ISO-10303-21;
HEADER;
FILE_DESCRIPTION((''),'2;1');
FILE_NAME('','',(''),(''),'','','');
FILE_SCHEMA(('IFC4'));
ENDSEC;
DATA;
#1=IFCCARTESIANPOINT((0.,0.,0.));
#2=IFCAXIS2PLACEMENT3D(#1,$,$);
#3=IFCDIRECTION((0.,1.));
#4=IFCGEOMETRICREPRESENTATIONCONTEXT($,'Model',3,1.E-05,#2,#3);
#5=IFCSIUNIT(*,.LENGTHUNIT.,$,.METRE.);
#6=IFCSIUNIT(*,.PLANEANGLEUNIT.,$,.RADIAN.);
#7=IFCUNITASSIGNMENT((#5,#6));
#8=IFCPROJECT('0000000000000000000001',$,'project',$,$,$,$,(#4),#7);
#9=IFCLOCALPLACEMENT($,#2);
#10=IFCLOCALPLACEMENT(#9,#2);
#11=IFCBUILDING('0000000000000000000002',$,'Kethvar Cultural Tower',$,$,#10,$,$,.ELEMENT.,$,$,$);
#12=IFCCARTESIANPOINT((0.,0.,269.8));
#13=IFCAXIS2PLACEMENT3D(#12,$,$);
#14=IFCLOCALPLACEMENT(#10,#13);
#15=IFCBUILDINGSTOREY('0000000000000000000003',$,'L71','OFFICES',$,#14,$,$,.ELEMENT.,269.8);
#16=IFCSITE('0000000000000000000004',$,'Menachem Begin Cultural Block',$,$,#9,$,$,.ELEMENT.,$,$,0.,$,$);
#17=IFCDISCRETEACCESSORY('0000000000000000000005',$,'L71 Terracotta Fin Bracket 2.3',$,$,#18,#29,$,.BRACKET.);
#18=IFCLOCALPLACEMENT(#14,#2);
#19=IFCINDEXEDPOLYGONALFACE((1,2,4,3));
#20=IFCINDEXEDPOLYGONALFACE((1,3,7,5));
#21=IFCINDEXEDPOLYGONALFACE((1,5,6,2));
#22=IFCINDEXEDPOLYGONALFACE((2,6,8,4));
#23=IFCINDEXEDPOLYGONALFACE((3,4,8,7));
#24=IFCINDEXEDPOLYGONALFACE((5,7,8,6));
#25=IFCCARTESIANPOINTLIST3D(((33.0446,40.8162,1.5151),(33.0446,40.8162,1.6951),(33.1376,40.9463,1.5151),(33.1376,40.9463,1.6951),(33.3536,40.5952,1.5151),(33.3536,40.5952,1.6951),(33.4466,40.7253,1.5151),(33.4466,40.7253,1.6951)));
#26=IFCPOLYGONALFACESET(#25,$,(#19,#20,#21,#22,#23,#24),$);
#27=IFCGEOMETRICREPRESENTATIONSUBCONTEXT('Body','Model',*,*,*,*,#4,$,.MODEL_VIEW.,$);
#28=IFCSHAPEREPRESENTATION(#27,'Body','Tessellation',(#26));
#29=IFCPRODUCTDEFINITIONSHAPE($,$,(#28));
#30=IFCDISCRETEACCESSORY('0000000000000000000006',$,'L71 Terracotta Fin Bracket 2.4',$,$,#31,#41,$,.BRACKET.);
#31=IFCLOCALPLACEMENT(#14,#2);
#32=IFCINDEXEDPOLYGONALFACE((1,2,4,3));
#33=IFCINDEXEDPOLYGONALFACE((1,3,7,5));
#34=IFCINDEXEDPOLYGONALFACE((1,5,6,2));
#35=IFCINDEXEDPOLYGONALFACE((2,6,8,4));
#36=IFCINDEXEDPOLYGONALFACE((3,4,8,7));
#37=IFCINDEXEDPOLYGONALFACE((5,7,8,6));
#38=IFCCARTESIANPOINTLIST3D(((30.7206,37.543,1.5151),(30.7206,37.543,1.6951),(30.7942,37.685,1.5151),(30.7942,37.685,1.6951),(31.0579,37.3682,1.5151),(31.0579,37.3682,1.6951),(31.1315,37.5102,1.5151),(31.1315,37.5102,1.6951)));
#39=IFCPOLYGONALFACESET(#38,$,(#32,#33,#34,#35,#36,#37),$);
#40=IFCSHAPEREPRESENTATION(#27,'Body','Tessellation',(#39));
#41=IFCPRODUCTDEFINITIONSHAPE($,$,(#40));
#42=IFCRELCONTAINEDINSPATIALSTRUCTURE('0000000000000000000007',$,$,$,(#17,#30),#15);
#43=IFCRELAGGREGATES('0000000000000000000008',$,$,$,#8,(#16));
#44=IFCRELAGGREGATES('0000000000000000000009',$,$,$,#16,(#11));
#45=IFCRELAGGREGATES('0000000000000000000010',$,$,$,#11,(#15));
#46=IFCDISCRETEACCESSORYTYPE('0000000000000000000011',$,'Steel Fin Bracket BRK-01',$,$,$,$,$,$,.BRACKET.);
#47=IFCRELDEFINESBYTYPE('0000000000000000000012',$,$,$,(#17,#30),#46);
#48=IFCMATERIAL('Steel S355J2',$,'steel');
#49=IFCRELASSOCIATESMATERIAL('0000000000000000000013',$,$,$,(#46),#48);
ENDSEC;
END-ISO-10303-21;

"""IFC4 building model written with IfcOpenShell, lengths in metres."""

from ifc_helpers import new_model, si_unit, direction, frame, origin, origin_2d, place, context, subcontext, project, spatial, rectangle, extrude, source, transform, mapped, material, type_object, element, save


model = new_model("IFC4")

# Units and contexts
model_context = context("Model", 3, precision=1e-05, world=origin(), true_north=direction((0.0, 1.0)))
body_context = subcontext(model_context, "Body", "Model", "MODEL_VIEW")
ifc_project = project(units=[si_unit("LENGTHUNIT", "METRE"), si_unit("PLANEANGLEUNIT", "RADIAN")], contexts=[model_context])

# Site, building, storey
site_placement = place(None, origin())
site = spatial("IfcSite", under=ifc_project, at=site_placement, Name="Menachem Begin Cultural Block", CompositionType="ELEMENT", RefElevation=0.0)
building_placement = place(site_placement, origin())
building = spatial("IfcBuilding", under=site, at=building_placement, Name="Kethvar Cultural Tower", CompositionType="ELEMENT")
storey_placement = place(building_placement, frame((0.0, 0.0, 269.8)))
storey = spatial("IfcBuildingStorey", under=building, at=storey_placement, Name="L71", Description="OFFICES", CompositionType="ELEMENT", Elevation=269.8)

# Shared definitions
ifc_material_1 = material(Name="Steel S355J2", Category="steel")

# Discrete accessories
discrete_accessory_type = type_object("IfcDiscreteAccessoryType", Name="Steel Fin Bracket BRK-01", PredefinedType="BRACKET", material=ifc_material_1)
shared_shape_1 = source(origin(), body_context, "Body", "SweptSolid", [
    extrude(rectangle(XDim=0.3799, YDim=0.1599, at=origin_2d()), origin(), (0.0, 0.0, 1.0), 0.1799),
])
for number, where, z_axis, x_axis, name in (
    (1, (33.2456, 40.7708, 1.5151), (0.0, 0.0, 1.0), (-0.813405, 0.581697, 0.0), "L71 Terracotta Fin Bracket 2.3"),
    (2, (30.926, 37.5266, 1.5151), (0.0, 0.0, 1.0), (-0.887815, 0.4602, 0.0), "L71 Terracotta Fin Bracket 2.4"),
):
    element("IfcDiscreteAccessory", number, at=place(storey_placement, frame(where, z_axis=z_axis, x_axis=x_axis)), inside=storey, type_object=discrete_accessory_type, Name=name, PredefinedType="BRACKET", context=body_context, shape_type="MappedRepresentation", body=[
        mapped(shared_shape_1, transform((0.0, 0.0, 0.0), scale=1.0)),
    ])

save(model, "model.ifc")
